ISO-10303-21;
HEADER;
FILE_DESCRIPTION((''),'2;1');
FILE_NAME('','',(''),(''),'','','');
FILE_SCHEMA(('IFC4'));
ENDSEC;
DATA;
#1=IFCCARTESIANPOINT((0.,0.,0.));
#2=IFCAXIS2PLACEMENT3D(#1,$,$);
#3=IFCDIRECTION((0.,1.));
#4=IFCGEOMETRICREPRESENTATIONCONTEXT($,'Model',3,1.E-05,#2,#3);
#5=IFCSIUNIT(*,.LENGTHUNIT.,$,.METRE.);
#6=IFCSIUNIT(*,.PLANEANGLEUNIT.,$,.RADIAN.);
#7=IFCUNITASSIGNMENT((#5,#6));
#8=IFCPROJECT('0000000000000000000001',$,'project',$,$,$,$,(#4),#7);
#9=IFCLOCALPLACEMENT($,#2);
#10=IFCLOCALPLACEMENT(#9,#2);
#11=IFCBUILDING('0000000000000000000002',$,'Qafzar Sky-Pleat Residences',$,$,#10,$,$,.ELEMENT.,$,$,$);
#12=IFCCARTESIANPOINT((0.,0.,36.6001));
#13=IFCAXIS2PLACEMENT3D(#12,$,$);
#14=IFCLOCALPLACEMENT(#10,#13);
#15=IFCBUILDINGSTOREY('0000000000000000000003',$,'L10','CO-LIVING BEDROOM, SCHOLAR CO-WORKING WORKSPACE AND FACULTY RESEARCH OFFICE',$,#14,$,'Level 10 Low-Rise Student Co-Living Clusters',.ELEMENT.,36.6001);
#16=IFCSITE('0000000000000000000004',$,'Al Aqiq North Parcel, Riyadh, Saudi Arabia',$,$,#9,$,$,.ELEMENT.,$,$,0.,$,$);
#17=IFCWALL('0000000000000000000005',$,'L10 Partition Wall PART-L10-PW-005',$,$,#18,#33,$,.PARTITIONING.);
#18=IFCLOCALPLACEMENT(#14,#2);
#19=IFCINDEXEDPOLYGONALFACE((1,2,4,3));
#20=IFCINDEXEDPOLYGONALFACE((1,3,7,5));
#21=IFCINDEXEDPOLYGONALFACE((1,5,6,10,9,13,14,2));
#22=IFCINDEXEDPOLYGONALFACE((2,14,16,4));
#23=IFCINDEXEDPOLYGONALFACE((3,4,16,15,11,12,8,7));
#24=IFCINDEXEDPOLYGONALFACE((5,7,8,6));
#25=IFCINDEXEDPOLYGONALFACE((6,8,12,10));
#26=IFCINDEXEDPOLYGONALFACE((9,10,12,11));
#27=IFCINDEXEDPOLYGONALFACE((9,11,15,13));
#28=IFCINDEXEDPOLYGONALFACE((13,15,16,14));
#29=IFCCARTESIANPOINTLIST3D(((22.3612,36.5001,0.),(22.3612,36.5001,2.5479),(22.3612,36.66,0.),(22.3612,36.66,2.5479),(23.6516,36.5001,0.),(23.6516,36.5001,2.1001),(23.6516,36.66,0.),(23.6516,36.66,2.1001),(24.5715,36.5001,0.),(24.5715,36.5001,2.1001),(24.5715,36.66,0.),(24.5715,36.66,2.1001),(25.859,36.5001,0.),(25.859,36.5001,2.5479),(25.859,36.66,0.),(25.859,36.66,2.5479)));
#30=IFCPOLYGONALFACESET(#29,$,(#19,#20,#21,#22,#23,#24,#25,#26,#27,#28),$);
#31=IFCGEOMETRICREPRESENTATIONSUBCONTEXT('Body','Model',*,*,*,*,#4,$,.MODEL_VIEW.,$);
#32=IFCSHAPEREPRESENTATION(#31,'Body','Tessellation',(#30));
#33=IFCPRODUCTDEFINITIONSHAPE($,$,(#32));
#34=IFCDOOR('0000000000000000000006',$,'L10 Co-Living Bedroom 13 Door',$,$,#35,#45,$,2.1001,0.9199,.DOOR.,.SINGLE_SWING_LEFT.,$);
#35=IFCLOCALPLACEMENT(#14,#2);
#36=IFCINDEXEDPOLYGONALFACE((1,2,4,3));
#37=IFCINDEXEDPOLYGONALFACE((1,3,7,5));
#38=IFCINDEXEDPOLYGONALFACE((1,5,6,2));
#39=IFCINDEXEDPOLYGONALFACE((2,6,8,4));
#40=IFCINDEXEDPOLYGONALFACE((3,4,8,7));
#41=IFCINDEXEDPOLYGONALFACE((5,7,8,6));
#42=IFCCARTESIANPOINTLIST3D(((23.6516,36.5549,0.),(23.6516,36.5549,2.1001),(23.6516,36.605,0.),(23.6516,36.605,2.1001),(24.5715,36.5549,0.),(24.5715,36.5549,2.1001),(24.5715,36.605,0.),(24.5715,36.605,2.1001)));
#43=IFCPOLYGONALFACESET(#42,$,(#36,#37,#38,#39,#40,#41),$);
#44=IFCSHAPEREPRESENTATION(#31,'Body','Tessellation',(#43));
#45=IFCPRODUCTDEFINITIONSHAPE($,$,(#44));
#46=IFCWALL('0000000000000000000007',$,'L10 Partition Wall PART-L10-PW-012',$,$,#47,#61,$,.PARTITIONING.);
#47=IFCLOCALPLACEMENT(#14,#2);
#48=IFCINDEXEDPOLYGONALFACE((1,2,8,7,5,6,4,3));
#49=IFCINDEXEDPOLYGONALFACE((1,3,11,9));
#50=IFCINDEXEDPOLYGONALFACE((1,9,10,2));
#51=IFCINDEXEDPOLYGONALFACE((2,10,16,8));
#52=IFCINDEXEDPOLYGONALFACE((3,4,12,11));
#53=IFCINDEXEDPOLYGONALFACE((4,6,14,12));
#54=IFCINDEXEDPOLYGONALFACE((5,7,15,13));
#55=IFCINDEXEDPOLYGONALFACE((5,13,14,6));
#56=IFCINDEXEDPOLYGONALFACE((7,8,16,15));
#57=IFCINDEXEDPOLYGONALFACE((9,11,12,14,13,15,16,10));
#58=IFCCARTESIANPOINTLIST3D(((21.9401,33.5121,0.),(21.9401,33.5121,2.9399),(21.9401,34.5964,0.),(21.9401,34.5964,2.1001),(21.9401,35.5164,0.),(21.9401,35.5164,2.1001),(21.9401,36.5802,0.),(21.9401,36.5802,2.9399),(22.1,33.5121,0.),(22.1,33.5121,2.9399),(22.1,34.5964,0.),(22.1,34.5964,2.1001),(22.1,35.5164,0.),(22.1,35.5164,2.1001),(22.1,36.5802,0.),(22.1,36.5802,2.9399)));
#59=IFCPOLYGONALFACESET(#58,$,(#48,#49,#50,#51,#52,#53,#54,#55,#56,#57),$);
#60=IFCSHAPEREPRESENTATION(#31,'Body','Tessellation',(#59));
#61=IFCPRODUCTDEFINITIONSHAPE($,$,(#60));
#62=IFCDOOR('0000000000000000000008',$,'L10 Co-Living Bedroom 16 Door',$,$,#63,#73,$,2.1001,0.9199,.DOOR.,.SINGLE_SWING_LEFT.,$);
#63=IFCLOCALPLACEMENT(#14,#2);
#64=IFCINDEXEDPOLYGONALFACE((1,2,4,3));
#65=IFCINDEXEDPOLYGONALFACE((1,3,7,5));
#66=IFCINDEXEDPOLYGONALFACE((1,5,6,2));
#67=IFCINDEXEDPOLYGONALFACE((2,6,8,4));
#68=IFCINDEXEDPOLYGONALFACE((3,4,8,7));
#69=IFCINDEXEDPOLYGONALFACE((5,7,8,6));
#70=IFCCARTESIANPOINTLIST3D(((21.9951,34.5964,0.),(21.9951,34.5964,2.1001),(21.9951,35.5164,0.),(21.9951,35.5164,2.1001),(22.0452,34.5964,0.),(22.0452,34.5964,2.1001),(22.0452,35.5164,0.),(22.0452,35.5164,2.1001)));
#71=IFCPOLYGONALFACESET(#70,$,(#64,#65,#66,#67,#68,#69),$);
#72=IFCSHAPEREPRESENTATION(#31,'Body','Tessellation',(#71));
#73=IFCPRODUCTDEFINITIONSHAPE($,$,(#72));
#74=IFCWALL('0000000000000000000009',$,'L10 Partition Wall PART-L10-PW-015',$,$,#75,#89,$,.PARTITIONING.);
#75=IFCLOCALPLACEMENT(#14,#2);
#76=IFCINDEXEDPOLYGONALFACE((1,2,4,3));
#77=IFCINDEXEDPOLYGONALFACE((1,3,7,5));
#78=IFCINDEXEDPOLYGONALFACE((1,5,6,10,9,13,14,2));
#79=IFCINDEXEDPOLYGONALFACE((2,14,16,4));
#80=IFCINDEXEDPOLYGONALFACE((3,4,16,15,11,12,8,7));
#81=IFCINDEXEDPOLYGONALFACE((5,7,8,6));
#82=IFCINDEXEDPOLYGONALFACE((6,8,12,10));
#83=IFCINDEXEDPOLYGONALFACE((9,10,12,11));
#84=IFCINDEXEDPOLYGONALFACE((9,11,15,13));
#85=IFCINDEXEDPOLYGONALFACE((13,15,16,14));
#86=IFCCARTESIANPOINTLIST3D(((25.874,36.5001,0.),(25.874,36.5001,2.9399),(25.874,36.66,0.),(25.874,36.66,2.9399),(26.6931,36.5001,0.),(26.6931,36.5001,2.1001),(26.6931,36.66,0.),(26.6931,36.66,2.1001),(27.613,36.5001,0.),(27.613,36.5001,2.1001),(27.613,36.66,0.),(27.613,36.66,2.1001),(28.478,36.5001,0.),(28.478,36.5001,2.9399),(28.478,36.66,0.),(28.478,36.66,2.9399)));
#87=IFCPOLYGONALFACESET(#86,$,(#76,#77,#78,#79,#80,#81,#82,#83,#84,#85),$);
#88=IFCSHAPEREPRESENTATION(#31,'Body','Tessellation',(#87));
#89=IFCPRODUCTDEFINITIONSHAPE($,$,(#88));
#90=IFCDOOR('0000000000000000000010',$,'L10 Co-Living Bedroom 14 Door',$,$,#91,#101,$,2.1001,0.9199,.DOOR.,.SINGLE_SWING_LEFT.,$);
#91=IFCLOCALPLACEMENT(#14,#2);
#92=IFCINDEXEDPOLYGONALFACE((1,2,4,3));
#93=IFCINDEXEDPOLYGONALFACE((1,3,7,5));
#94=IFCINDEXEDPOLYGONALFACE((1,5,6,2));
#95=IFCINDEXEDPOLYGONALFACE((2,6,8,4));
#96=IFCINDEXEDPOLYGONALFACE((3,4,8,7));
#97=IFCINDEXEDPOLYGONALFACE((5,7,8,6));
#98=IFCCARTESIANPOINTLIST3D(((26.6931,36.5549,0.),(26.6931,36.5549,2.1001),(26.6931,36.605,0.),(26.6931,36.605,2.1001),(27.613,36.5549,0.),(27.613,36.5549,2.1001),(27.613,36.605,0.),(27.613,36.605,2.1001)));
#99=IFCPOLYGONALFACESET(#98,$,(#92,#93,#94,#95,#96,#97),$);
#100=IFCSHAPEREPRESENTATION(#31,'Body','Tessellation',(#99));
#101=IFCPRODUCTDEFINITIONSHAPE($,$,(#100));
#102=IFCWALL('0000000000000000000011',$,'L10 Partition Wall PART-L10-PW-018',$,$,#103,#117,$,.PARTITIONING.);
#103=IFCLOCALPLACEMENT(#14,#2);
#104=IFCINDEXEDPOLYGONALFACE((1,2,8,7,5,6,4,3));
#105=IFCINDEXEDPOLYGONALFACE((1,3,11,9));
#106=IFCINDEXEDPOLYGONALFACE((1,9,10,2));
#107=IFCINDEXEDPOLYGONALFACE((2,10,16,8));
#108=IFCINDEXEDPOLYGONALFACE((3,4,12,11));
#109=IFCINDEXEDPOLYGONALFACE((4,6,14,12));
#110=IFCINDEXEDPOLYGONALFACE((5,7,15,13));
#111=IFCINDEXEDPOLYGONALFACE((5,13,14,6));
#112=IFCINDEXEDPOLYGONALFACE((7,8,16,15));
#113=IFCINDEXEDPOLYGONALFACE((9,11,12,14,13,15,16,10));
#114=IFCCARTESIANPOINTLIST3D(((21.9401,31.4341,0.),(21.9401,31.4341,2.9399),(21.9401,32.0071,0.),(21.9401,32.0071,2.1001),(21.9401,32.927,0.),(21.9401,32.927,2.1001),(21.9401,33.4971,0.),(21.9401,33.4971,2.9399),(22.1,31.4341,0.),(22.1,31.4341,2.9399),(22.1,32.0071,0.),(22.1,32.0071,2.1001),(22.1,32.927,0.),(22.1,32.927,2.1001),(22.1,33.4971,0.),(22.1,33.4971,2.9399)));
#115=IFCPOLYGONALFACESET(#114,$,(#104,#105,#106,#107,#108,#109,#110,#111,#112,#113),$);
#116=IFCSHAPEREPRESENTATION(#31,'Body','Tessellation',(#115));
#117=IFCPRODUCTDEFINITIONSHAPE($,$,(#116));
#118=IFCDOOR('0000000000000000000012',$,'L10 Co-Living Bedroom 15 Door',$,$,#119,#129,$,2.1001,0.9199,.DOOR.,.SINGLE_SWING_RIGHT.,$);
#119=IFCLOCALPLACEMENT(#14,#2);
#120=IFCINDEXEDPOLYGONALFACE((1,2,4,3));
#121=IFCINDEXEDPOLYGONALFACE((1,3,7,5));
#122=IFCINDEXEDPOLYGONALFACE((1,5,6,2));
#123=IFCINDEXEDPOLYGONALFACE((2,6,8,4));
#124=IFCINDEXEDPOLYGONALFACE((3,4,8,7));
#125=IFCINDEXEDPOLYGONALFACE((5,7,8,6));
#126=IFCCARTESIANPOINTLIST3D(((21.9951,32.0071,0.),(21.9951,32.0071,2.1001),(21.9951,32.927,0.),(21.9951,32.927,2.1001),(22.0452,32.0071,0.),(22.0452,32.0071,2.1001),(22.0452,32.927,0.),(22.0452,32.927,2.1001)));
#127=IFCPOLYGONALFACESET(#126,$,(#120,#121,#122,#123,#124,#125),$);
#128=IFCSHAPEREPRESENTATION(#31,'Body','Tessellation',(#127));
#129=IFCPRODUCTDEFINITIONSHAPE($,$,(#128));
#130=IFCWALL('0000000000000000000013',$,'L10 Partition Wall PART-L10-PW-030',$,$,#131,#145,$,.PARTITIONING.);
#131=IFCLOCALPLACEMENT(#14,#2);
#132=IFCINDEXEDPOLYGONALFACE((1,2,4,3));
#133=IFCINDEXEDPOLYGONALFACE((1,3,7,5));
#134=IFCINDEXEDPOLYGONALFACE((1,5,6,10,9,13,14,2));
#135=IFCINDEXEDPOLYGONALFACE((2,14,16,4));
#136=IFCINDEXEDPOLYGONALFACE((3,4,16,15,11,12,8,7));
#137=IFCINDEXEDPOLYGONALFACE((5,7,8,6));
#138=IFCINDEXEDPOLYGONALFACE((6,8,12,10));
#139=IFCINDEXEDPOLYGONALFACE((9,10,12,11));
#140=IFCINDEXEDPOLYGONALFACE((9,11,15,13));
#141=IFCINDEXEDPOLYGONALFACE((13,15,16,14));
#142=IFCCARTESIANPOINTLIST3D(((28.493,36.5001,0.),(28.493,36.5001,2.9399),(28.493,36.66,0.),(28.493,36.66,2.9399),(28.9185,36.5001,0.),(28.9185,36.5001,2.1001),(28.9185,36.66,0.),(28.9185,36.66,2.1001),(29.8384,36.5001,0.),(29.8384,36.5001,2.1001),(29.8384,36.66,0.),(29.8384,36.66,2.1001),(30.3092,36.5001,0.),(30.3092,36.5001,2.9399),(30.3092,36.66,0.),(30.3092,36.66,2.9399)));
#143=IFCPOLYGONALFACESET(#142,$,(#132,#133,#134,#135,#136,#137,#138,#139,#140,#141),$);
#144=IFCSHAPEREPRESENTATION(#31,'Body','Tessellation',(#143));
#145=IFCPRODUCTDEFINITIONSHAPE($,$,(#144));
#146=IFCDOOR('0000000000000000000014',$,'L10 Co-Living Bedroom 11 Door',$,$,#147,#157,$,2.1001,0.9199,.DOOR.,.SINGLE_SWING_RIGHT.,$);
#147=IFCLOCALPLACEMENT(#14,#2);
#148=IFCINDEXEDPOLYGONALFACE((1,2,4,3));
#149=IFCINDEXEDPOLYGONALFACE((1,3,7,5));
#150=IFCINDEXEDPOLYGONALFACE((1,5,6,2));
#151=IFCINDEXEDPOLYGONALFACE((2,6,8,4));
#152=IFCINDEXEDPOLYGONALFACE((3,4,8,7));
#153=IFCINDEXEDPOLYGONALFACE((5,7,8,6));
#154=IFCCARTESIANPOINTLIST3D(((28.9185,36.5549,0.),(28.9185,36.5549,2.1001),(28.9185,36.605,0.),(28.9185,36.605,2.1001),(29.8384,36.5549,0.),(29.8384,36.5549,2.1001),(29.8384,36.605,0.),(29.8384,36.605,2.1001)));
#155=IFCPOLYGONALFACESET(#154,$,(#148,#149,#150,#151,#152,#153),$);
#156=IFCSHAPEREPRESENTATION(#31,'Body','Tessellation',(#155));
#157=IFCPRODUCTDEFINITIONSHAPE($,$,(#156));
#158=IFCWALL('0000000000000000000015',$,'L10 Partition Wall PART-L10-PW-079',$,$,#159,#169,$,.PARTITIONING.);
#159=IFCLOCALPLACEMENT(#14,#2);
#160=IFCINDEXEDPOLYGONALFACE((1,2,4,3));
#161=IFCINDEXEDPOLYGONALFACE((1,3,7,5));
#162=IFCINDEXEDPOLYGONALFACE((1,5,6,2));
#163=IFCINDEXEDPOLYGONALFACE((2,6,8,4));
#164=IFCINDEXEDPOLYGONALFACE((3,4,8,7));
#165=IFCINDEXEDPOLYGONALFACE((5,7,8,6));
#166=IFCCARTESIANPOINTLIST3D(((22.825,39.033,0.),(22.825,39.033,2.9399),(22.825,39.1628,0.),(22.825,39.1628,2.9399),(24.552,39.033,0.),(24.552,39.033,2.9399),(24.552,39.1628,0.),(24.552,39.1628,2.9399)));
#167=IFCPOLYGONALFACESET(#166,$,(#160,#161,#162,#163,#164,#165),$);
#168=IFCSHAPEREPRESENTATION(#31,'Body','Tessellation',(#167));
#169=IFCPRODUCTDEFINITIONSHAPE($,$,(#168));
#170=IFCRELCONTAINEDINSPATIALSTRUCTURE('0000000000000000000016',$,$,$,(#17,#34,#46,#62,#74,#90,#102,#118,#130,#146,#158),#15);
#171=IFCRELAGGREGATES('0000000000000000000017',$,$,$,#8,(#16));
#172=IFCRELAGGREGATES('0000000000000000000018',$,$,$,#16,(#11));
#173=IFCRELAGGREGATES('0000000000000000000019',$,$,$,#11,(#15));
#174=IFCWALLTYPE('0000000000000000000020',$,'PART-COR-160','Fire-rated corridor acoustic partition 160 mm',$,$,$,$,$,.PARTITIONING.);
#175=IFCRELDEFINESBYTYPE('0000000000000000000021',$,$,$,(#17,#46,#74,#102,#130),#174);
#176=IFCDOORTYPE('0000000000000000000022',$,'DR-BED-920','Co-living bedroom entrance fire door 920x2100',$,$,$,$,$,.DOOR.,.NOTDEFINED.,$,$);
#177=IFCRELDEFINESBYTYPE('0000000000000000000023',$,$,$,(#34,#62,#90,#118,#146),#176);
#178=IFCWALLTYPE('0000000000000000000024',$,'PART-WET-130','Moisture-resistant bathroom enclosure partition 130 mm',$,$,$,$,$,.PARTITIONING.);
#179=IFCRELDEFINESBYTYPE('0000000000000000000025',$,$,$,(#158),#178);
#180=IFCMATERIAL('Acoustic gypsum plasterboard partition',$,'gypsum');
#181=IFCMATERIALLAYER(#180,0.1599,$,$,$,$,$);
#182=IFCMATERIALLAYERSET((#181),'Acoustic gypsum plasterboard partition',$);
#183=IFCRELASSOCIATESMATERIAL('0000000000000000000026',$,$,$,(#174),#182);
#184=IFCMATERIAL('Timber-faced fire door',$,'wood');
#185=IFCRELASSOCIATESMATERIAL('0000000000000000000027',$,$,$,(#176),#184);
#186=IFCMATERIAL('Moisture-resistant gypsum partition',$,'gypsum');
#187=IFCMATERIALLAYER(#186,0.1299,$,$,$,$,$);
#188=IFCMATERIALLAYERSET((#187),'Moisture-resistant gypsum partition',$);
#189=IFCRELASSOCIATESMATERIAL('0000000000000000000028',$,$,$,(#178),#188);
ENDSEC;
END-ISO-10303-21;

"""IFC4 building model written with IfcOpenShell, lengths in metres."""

from ifc_helpers import new_model, si_unit, direction, frame, frame_2d, origin, place, context, subcontext, project, spatial, rectangle, extrude, source, transform, mapped, material, layer, layer_set, type_object, element, fill, save


model = new_model("IFC4")

# Units and contexts
model_context = context("Model", 3, precision=1e-05, world=origin(), true_north=direction((0.0, 1.0)))
body_context = subcontext(model_context, "Body", "Model", "MODEL_VIEW")
ifc_project = project(units=[si_unit("LENGTHUNIT", "METRE"), si_unit("PLANEANGLEUNIT", "RADIAN")], contexts=[model_context])

# Site, building, storey
site_placement = place(None, origin())
site = spatial("IfcSite", under=ifc_project, at=site_placement, Name="Al Aqiq North Parcel, Riyadh, Saudi Arabia", CompositionType="ELEMENT", RefElevation=0.0)
building_placement = place(site_placement, origin())
building = spatial("IfcBuilding", under=site, at=building_placement, Name="Qafzar Sky-Pleat Residences", CompositionType="ELEMENT")
storey_placement = place(building_placement, frame((0.0, 0.0, 36.6001)))
storey = spatial("IfcBuildingStorey", under=building, at=storey_placement, Name="L10", Description="CO-LIVING BEDROOM, SCHOLAR CO-WORKING WORKSPACE AND FACULTY RESEARCH OFFICE", LongName="Level 10 Low-Rise Student Co-Living Clusters", CompositionType="ELEMENT", Elevation=36.6001)

# Walls, openings, doors
ifc_material_1 = material(Name="Acoustic gypsum plasterboard partition", Category="gypsum")
ifc_layer_1 = layer(ifc_material_1, 0.1599)
ifc_layer_set_1 = layer_set([ifc_layer_1], Name="Acoustic gypsum plasterboard partition")
wall_type_1 = type_object("IfcWallType", Name="PART-COR-160", Description="Fire-rated corridor acoustic partition 160 mm", PredefinedType="PARTITIONING", material=ifc_layer_set_1)
wall_1_placement = place(storey_placement, frame((22.3611, 36.5801, 0.0), z_axis=(0.0, 0.0, 1.0), x_axis=(1.0, 0.0, 0.0)))
wall_1 = element("IfcWall", 1, at=wall_1_placement, inside=storey, type_object=wall_type_1, Name="L10 Partition Wall PART-L10-PW-005", PredefinedType="PARTITIONING", context=body_context, shape_type="SweptSolid", body=[
    extrude(rectangle(XDim=3.4978, YDim=0.1599, at=frame_2d((1.749, 0.0))), origin(), (0.0, 0.0, 1.0), 2.5479),
])
opening_1_placement = place(wall_1_placement, frame((1.2905, 0.0, 0.0)))
opening_1 = element("IfcOpeningElement", 2, at=opening_1_placement, cuts=wall_1, PredefinedType="OPENING", context=body_context, shape_type="SweptSolid", body=[
    extrude(rectangle(XDim=0.9199, YDim=2.1001, at=frame_2d((0.46, 1.05))), frame((0.0, 0.0898, 0.0), z_axis=(0.0, -1.0, 0.0), x_axis=(1.0, 0.0, 0.0)), (0.0, 0.0, 1.0), 0.1799),
])
ifc_material_2 = material(Name="Timber-faced fire door", Category="wood")
door_type_1 = type_object("IfcDoorType", Name="DR-BED-920", Description="Co-living bedroom entrance fire door 920x2100", OperationType="NOTDEFINED", PredefinedType="DOOR", material=ifc_material_2)
shared_shape_1 = source(origin(), body_context, "Body", "SweptSolid", [
    extrude(rectangle(XDim=0.9199, YDim=2.1001, at=frame_2d((0.46, 1.05))), frame((0.0, 0.0249, 0.0), z_axis=(0.0, -1.0, 0.0), x_axis=(1.0, 0.0, 0.0)), (0.0, 0.0, 1.0), 0.05),
])
door_1_placement = place(opening_1_placement, origin())
door_1 = element("IfcDoor", 3, at=door_1_placement, inside=storey, type_object=door_type_1, Name="L10 Co-Living Bedroom 13 Door", OperationType="SINGLE_SWING_LEFT", OverallHeight=2.1001, OverallWidth=0.9199, PredefinedType="DOOR", context=body_context, shape_type="MappedRepresentation", body=[
    mapped(shared_shape_1, transform((0.0, 0.0, 0.0), x_axis=(1.0, 0.0, 0.0), y_axis=(0.0, 1.0, 0.0), z_axis=(0.0, 0.0, 1.0), scale=1.0)),
])
fill(opening_1, door_1)
wall_2_placement = place(storey_placement, frame((22.02, 33.512, 0.0), z_axis=(0.0, 0.0, 1.0), x_axis=(0.0, 1.0, 0.0)))
wall_2 = element("IfcWall", 4, at=wall_2_placement, inside=storey, type_object=wall_type_1, Name="L10 Partition Wall PART-L10-PW-012", PredefinedType="PARTITIONING", context=body_context, shape_type="SweptSolid", body=[
    extrude(rectangle(XDim=3.0681, YDim=0.1599, at=frame_2d((1.5342, 0.0))), origin(), (0.0, 0.0, 1.0), 2.9399),
])
opening_2_placement = place(wall_2_placement, frame((1.0845, 0.0, 0.0)))
opening_2 = element("IfcOpeningElement", 5, at=opening_2_placement, cuts=wall_2, PredefinedType="OPENING", context=body_context, shape_type="SweptSolid", body=[
    extrude(rectangle(XDim=0.9199, YDim=2.1001, at=frame_2d((0.46, 1.05))), frame((0.0, 0.0898, 0.0), z_axis=(0.0, -1.0, 0.0), x_axis=(1.0, 0.0, 0.0)), (0.0, 0.0, 1.0), 0.1799),
])
door_2_placement = place(opening_2_placement, origin())
door_2 = element("IfcDoor", 6, at=door_2_placement, inside=storey, type_object=door_type_1, Name="L10 Co-Living Bedroom 16 Door", OperationType="SINGLE_SWING_LEFT", OverallHeight=2.1001, OverallWidth=0.9199, PredefinedType="DOOR", context=body_context, shape_type="MappedRepresentation", body=[
    mapped(shared_shape_1, transform((0.0, 0.0, 0.0), x_axis=(1.0, 0.0, 0.0), y_axis=(0.0, 1.0, 0.0), z_axis=(0.0, 0.0, 1.0), scale=1.0)),
])
fill(opening_2, door_2)
wall_3_placement = place(storey_placement, frame((25.874, 36.5801, 0.0), z_axis=(0.0, 0.0, 1.0), x_axis=(1.0, 0.0, 0.0)))
wall_3 = element("IfcWall", 7, at=wall_3_placement, inside=storey, type_object=wall_type_1, Name="L10 Partition Wall PART-L10-PW-015", PredefinedType="PARTITIONING", context=body_context, shape_type="SweptSolid", body=[
    extrude(rectangle(XDim=2.604, YDim=0.1599, at=frame_2d((1.302, 0.0))), origin(), (0.0, 0.0, 1.0), 2.9399),
])
opening_3_placement = place(wall_3_placement, frame((0.8191, 0.0, 0.0)))
opening_3 = element("IfcOpeningElement", 8, at=opening_3_placement, cuts=wall_3, PredefinedType="OPENING", context=body_context, shape_type="SweptSolid", body=[
    extrude(rectangle(XDim=0.9199, YDim=2.1001, at=frame_2d((0.46, 1.05))), frame((0.0, 0.0898, 0.0), z_axis=(0.0, -1.0, 0.0), x_axis=(1.0, 0.0, 0.0)), (0.0, 0.0, 1.0), 0.1799),
])
door_3_placement = place(opening_3_placement, origin())
door_3 = element("IfcDoor", 9, at=door_3_placement, inside=storey, type_object=door_type_1, Name="L10 Co-Living Bedroom 14 Door", OperationType="SINGLE_SWING_LEFT", OverallHeight=2.1001, OverallWidth=0.9199, PredefinedType="DOOR", context=body_context, shape_type="MappedRepresentation", body=[
    mapped(shared_shape_1, transform((0.0, 0.0, 0.0), x_axis=(1.0, 0.0, 0.0), y_axis=(0.0, 1.0, 0.0), z_axis=(0.0, 0.0, 1.0), scale=1.0)),
])
fill(opening_3, door_3)
wall_4_placement = place(storey_placement, frame((22.02, 31.4341, 0.0), z_axis=(0.0, 0.0, 1.0), x_axis=(0.0, 1.0, 0.0)))
wall_4 = element("IfcWall", 10, at=wall_4_placement, inside=storey, type_object=wall_type_1, Name="L10 Partition Wall PART-L10-PW-018", PredefinedType="PARTITIONING", context=body_context, shape_type="SweptSolid", body=[
    extrude(rectangle(XDim=2.063, YDim=0.1599, at=frame_2d((1.0315, 0.0))), origin(), (0.0, 0.0, 1.0), 2.9399),
])
opening_4_placement = place(wall_4_placement, frame((0.573, 0.0, 0.0)))
opening_4 = element("IfcOpeningElement", 11, at=opening_4_placement, cuts=wall_4, PredefinedType="OPENING", context=body_context, shape_type="SweptSolid", body=[
    extrude(rectangle(XDim=0.9199, YDim=2.1001, at=frame_2d((0.46, 1.05))), frame((0.0, 0.0898, 0.0), z_axis=(0.0, -1.0, 0.0), x_axis=(1.0, 0.0, 0.0)), (0.0, 0.0, 1.0), 0.1799),
])
door_4_placement = place(opening_4_placement, origin())
door_4 = element("IfcDoor", 12, at=door_4_placement, inside=storey, type_object=door_type_1, Name="L10 Co-Living Bedroom 15 Door", OperationType="SINGLE_SWING_RIGHT", OverallHeight=2.1001, OverallWidth=0.9199, PredefinedType="DOOR", context=body_context, shape_type="MappedRepresentation", body=[
    mapped(shared_shape_1, transform((0.0, 0.0, 0.0), x_axis=(1.0, 0.0, 0.0), y_axis=(0.0, 1.0, 0.0), z_axis=(0.0, 0.0, 1.0), scale=1.0)),
])
fill(opening_4, door_4)
wall_5_placement = place(storey_placement, frame((28.4929, 36.5801, 0.0), z_axis=(0.0, 0.0, 1.0), x_axis=(1.0, 0.0, 0.0)))
wall_5 = element("IfcWall", 13, at=wall_5_placement, inside=storey, type_object=wall_type_1, Name="L10 Partition Wall PART-L10-PW-030", PredefinedType="PARTITIONING", context=body_context, shape_type="SweptSolid", body=[
    extrude(rectangle(XDim=1.8162, YDim=0.1599, at=frame_2d((0.9082, 0.0))), origin(), (0.0, 0.0, 1.0), 2.9399),
])
opening_5_placement = place(wall_5_placement, frame((0.4255, 0.0, 0.0)))
opening_5 = element("IfcOpeningElement", 14, at=opening_5_placement, cuts=wall_5, PredefinedType="OPENING", context=body_context, shape_type="SweptSolid", body=[
    extrude(rectangle(XDim=0.9199, YDim=2.1001, at=frame_2d((0.46, 1.05))), frame((0.0, 0.0898, 0.0), z_axis=(0.0, -1.0, 0.0), x_axis=(1.0, 0.0, 0.0)), (0.0, 0.0, 1.0), 0.1799),
])
door_5_placement = place(opening_5_placement, origin())
door_5 = element("IfcDoor", 15, at=door_5_placement, inside=storey, type_object=door_type_1, Name="L10 Co-Living Bedroom 11 Door", OperationType="SINGLE_SWING_RIGHT", OverallHeight=2.1001, OverallWidth=0.9199, PredefinedType="DOOR", context=body_context, shape_type="MappedRepresentation", body=[
    mapped(shared_shape_1, transform((0.0, 0.0, 0.0), x_axis=(1.0, 0.0, 0.0), y_axis=(0.0, 1.0, 0.0), z_axis=(0.0, 0.0, 1.0), scale=1.0)),
])
fill(opening_5, door_5)

# Wall
ifc_material_3 = material(Name="Moisture-resistant gypsum partition", Category="gypsum")
ifc_layer_2 = layer(ifc_material_3, 0.1299)
ifc_layer_set_2 = layer_set([ifc_layer_2], Name="Moisture-resistant gypsum partition")
wall_type_2 = type_object("IfcWallType", Name="PART-WET-130", Description="Moisture-resistant bathroom enclosure partition 130 mm", PredefinedType="PARTITIONING", material=ifc_layer_set_2)
wall_6_placement = place(storey_placement, frame((22.825, 39.0979, 0.0), z_axis=(0.0, 0.0, 1.0), x_axis=(1.0, 0.0, 0.0)))
element("IfcWall", 16, at=wall_6_placement, inside=storey, type_object=wall_type_2, Name="L10 Partition Wall PART-L10-PW-079", PredefinedType="PARTITIONING", context=body_context, shape_type="SweptSolid", body=[
    extrude(rectangle(XDim=1.7271, YDim=0.1299, at=frame_2d((0.8635, 0.0))), origin(), (0.0, 0.0, 1.0), 2.9399),
])

save(model, "model.ifc")
